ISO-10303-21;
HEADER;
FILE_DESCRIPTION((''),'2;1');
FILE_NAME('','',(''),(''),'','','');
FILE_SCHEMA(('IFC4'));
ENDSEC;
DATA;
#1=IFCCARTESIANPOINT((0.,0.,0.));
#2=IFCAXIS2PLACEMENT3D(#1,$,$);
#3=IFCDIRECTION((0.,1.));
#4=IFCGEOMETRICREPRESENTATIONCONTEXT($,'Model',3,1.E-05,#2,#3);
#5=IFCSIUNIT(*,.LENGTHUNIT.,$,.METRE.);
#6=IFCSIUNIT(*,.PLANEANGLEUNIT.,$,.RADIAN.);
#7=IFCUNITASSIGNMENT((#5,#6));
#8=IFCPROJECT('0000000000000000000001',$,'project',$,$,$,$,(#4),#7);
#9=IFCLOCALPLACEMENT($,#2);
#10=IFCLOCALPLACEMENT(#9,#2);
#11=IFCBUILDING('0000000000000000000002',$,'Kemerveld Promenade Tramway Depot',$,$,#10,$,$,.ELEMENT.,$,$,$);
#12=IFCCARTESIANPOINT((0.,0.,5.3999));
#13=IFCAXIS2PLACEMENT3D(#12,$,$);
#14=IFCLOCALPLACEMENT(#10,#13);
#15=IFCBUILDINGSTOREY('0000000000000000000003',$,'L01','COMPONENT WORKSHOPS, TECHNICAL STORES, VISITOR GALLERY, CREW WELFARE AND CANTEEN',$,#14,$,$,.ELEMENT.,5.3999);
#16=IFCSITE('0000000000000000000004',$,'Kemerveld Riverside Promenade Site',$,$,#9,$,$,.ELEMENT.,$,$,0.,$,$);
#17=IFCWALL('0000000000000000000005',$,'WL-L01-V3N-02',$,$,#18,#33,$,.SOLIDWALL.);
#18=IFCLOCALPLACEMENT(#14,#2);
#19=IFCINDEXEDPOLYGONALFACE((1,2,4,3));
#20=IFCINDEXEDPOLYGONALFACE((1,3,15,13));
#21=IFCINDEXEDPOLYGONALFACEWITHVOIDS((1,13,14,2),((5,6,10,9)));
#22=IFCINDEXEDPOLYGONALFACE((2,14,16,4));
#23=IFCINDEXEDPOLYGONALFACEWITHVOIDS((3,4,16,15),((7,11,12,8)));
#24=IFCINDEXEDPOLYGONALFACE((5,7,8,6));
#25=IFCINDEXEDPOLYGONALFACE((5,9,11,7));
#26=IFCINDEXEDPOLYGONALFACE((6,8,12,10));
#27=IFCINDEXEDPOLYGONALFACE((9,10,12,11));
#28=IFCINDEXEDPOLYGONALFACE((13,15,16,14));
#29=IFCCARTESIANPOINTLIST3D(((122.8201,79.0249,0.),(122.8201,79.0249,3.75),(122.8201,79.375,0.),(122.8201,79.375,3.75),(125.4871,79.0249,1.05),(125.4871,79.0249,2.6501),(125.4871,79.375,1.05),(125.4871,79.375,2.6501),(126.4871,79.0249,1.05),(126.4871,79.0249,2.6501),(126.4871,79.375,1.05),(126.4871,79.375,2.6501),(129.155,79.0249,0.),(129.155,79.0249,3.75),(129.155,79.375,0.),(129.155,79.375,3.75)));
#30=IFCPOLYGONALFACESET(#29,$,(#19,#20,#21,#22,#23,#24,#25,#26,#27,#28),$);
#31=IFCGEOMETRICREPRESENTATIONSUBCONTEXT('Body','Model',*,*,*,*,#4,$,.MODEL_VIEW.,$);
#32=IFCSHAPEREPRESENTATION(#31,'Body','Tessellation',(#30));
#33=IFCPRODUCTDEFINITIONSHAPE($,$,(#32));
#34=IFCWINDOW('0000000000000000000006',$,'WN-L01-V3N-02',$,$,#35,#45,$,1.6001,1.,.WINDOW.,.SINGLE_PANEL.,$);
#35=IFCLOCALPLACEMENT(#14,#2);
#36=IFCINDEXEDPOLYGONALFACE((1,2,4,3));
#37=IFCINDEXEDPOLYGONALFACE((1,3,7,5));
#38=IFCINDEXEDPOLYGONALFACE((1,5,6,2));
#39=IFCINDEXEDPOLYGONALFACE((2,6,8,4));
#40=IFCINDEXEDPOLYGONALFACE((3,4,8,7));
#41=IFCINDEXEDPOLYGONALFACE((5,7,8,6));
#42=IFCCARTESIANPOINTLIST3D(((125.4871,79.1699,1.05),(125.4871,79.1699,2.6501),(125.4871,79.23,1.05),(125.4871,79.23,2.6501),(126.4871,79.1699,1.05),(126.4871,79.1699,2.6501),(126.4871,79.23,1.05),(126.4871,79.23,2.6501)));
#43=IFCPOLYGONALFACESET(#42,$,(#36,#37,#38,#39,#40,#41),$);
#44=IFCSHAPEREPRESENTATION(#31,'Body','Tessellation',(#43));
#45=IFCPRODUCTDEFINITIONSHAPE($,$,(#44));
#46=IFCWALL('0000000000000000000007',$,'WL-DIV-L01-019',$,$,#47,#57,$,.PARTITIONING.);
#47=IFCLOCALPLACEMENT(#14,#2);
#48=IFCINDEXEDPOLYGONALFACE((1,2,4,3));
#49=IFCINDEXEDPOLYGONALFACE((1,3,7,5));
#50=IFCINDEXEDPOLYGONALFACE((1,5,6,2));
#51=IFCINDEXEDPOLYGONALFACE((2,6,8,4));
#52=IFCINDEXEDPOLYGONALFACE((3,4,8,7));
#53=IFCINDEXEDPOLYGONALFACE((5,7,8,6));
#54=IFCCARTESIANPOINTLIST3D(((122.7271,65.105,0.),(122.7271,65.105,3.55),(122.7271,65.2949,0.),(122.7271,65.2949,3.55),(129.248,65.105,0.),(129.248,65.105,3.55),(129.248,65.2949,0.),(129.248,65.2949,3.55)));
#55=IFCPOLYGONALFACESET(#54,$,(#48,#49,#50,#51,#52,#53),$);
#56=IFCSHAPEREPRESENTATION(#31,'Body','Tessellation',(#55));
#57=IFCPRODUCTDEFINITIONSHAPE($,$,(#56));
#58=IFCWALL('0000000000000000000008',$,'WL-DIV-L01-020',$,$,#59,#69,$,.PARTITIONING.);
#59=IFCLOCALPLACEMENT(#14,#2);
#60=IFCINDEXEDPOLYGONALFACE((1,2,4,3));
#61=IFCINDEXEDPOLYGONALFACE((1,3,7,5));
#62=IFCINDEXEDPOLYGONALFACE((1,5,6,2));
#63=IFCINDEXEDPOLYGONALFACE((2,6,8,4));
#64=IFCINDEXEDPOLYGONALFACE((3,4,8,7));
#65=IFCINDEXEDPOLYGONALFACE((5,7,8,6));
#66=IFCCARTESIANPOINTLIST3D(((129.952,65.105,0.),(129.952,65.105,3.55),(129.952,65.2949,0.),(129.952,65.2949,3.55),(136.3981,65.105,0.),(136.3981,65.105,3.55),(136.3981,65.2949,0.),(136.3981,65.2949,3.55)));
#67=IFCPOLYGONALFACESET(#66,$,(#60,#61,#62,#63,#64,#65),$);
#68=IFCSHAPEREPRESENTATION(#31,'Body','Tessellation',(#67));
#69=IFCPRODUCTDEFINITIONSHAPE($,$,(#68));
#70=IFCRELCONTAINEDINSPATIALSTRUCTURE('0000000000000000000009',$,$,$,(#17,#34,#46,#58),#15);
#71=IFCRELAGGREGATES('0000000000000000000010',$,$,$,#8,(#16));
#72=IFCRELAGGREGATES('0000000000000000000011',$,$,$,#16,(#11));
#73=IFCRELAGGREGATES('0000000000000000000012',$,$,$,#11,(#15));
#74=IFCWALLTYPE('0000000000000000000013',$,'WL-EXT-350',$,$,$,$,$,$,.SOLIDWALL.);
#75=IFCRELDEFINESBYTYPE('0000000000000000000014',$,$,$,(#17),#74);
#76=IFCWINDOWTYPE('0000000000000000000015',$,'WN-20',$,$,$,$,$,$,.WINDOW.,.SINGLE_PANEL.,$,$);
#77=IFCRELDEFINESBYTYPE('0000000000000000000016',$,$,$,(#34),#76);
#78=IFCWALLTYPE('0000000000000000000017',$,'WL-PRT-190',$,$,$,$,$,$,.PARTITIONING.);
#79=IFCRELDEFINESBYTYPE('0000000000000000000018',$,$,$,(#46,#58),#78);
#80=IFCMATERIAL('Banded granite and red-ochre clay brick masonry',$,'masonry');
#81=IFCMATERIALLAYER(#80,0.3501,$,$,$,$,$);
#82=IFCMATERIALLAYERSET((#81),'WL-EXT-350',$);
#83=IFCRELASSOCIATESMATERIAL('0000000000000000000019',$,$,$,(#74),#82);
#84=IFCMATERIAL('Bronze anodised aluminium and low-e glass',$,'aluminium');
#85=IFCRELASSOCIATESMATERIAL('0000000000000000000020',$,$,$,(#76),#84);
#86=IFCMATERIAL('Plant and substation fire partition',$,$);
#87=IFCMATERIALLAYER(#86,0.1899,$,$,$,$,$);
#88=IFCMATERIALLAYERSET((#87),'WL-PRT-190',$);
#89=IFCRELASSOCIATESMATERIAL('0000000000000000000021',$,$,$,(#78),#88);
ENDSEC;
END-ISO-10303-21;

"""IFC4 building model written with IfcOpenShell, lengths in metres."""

from ifc_helpers import new_model, si_unit, direction, frame, frame_2d, origin, place, context, subcontext, project, spatial, rectangle, extrude, material, layer, layer_set, type_object, element, fill, save


model = new_model("IFC4")

# Units and contexts
model_context = context("Model", 3, precision=1e-05, world=origin(), true_north=direction((0.0, 1.0)))
body_context = subcontext(model_context, "Body", "Model", "MODEL_VIEW")
ifc_project = project(units=[si_unit("LENGTHUNIT", "METRE"), si_unit("PLANEANGLEUNIT", "RADIAN")], contexts=[model_context])

# Site, building, storey
site_placement = place(None, origin())
site = spatial("IfcSite", under=ifc_project, at=site_placement, Name="Kemerveld Riverside Promenade Site", CompositionType="ELEMENT", RefElevation=0.0)
building_placement = place(site_placement, origin())
building = spatial("IfcBuilding", under=site, at=building_placement, Name="Kemerveld Promenade Tramway Depot", CompositionType="ELEMENT")
storey_placement = place(building_placement, frame((0.0, 0.0, 5.3999)))
storey = spatial("IfcBuildingStorey", under=building, at=storey_placement, Name="L01", Description="COMPONENT WORKSHOPS, TECHNICAL STORES, VISITOR GALLERY, CREW WELFARE AND CANTEEN", CompositionType="ELEMENT", Elevation=5.3999)

# Wall, opening, window
ifc_material_1 = material(Name="Banded granite and red-ochre clay brick masonry", Category="masonry")
ifc_layer_1 = layer(ifc_material_1, 0.3501)
ifc_layer_set_1 = layer_set([ifc_layer_1], Name="WL-EXT-350")
wall_type_1 = type_object("IfcWallType", Name="WL-EXT-350", PredefinedType="SOLIDWALL", material=ifc_layer_set_1)
wall_1_placement = place(storey_placement, frame((122.8201, 79.2, 0.0), z_axis=(0.0, 0.0, 1.0), x_axis=(1.0, 0.0, 0.0)))
wall_1 = element("IfcWall", 1, at=wall_1_placement, inside=storey, type_object=wall_type_1, Name="WL-L01-V3N-02", PredefinedType="SOLIDWALL", context=body_context, shape_type="SweptSolid", body=[
    extrude(rectangle(XDim=6.335, YDim=0.3501, at=frame_2d((3.1675, 0.0))), origin(), (0.0, 0.0, 1.0), 3.75),
])
opening_placement = place(wall_1_placement, frame((2.667, 0.0, 1.05)))
opening = element("IfcOpeningElement", 2, at=opening_placement, cuts=wall_1, PredefinedType="OPENING", context=body_context, shape_type="SweptSolid", body=[
    extrude(rectangle(XDim=1.0, YDim=1.6001, at=frame_2d((0.5, 0.8))), frame((0.0, 0.1851, 0.0), z_axis=(0.0, -1.0, 0.0), x_axis=(1.0, 0.0, 0.0)), (0.0, 0.0, 1.0), 0.3701),
])
ifc_material_2 = material(Name="Bronze anodised aluminium and low-e glass", Category="aluminium")
window_type = type_object("IfcWindowType", Name="WN-20", PartitioningType="SINGLE_PANEL", PredefinedType="WINDOW", material=ifc_material_2)
window_placement = place(opening_placement, origin())
window = element("IfcWindow", 3, at=window_placement, inside=storey, type_object=window_type, Name="WN-L01-V3N-02", OverallHeight=1.6001, OverallWidth=1.0, PartitioningType="SINGLE_PANEL", PredefinedType="WINDOW", context=body_context, shape_type="SweptSolid", body=[
    extrude(rectangle(XDim=1.0, YDim=1.6001, at=frame_2d((0.5, 0.8))), frame((0.0, 0.03, 0.0), z_axis=(0.0, -1.0, 0.0), x_axis=(1.0, 0.0, 0.0)), (0.0, 0.0, 1.0), 0.0601),
])
fill(opening, window)

# Walls
ifc_material_3 = material(Name="Plant and substation fire partition")
ifc_layer_2 = layer(ifc_material_3, 0.1899)
ifc_layer_set_2 = layer_set([ifc_layer_2], Name="WL-PRT-190")
wall_type_2 = type_object("IfcWallType", Name="WL-PRT-190", PredefinedType="PARTITIONING", material=ifc_layer_set_2)
wall_2_placement = place(storey_placement, frame((122.7271, 65.2, 0.0), z_axis=(0.0, 0.0, 1.0), x_axis=(1.0, 0.0, 0.0)))
element("IfcWall", 4, at=wall_2_placement, inside=storey, type_object=wall_type_2, Name="WL-DIV-L01-019", PredefinedType="PARTITIONING", context=body_context, shape_type="SweptSolid", body=[
    extrude(rectangle(XDim=6.521, YDim=0.1899, at=frame_2d((3.2605, 0.0))), origin(), (0.0, 0.0, 1.0), 3.55),
])
wall_3_placement = place(storey_placement, frame((129.9519, 65.2, 0.0), z_axis=(0.0, 0.0, 1.0), x_axis=(1.0, 0.0, 0.0)))
element("IfcWall", 5, at=wall_3_placement, inside=storey, type_object=wall_type_2, Name="WL-DIV-L01-020", PredefinedType="PARTITIONING", context=body_context, shape_type="SweptSolid", body=[
    extrude(rectangle(XDim=6.446, YDim=0.1899, at=frame_2d((3.2231, 0.0))), origin(), (0.0, 0.0, 1.0), 3.55),
])

save(model, "model.ifc")
